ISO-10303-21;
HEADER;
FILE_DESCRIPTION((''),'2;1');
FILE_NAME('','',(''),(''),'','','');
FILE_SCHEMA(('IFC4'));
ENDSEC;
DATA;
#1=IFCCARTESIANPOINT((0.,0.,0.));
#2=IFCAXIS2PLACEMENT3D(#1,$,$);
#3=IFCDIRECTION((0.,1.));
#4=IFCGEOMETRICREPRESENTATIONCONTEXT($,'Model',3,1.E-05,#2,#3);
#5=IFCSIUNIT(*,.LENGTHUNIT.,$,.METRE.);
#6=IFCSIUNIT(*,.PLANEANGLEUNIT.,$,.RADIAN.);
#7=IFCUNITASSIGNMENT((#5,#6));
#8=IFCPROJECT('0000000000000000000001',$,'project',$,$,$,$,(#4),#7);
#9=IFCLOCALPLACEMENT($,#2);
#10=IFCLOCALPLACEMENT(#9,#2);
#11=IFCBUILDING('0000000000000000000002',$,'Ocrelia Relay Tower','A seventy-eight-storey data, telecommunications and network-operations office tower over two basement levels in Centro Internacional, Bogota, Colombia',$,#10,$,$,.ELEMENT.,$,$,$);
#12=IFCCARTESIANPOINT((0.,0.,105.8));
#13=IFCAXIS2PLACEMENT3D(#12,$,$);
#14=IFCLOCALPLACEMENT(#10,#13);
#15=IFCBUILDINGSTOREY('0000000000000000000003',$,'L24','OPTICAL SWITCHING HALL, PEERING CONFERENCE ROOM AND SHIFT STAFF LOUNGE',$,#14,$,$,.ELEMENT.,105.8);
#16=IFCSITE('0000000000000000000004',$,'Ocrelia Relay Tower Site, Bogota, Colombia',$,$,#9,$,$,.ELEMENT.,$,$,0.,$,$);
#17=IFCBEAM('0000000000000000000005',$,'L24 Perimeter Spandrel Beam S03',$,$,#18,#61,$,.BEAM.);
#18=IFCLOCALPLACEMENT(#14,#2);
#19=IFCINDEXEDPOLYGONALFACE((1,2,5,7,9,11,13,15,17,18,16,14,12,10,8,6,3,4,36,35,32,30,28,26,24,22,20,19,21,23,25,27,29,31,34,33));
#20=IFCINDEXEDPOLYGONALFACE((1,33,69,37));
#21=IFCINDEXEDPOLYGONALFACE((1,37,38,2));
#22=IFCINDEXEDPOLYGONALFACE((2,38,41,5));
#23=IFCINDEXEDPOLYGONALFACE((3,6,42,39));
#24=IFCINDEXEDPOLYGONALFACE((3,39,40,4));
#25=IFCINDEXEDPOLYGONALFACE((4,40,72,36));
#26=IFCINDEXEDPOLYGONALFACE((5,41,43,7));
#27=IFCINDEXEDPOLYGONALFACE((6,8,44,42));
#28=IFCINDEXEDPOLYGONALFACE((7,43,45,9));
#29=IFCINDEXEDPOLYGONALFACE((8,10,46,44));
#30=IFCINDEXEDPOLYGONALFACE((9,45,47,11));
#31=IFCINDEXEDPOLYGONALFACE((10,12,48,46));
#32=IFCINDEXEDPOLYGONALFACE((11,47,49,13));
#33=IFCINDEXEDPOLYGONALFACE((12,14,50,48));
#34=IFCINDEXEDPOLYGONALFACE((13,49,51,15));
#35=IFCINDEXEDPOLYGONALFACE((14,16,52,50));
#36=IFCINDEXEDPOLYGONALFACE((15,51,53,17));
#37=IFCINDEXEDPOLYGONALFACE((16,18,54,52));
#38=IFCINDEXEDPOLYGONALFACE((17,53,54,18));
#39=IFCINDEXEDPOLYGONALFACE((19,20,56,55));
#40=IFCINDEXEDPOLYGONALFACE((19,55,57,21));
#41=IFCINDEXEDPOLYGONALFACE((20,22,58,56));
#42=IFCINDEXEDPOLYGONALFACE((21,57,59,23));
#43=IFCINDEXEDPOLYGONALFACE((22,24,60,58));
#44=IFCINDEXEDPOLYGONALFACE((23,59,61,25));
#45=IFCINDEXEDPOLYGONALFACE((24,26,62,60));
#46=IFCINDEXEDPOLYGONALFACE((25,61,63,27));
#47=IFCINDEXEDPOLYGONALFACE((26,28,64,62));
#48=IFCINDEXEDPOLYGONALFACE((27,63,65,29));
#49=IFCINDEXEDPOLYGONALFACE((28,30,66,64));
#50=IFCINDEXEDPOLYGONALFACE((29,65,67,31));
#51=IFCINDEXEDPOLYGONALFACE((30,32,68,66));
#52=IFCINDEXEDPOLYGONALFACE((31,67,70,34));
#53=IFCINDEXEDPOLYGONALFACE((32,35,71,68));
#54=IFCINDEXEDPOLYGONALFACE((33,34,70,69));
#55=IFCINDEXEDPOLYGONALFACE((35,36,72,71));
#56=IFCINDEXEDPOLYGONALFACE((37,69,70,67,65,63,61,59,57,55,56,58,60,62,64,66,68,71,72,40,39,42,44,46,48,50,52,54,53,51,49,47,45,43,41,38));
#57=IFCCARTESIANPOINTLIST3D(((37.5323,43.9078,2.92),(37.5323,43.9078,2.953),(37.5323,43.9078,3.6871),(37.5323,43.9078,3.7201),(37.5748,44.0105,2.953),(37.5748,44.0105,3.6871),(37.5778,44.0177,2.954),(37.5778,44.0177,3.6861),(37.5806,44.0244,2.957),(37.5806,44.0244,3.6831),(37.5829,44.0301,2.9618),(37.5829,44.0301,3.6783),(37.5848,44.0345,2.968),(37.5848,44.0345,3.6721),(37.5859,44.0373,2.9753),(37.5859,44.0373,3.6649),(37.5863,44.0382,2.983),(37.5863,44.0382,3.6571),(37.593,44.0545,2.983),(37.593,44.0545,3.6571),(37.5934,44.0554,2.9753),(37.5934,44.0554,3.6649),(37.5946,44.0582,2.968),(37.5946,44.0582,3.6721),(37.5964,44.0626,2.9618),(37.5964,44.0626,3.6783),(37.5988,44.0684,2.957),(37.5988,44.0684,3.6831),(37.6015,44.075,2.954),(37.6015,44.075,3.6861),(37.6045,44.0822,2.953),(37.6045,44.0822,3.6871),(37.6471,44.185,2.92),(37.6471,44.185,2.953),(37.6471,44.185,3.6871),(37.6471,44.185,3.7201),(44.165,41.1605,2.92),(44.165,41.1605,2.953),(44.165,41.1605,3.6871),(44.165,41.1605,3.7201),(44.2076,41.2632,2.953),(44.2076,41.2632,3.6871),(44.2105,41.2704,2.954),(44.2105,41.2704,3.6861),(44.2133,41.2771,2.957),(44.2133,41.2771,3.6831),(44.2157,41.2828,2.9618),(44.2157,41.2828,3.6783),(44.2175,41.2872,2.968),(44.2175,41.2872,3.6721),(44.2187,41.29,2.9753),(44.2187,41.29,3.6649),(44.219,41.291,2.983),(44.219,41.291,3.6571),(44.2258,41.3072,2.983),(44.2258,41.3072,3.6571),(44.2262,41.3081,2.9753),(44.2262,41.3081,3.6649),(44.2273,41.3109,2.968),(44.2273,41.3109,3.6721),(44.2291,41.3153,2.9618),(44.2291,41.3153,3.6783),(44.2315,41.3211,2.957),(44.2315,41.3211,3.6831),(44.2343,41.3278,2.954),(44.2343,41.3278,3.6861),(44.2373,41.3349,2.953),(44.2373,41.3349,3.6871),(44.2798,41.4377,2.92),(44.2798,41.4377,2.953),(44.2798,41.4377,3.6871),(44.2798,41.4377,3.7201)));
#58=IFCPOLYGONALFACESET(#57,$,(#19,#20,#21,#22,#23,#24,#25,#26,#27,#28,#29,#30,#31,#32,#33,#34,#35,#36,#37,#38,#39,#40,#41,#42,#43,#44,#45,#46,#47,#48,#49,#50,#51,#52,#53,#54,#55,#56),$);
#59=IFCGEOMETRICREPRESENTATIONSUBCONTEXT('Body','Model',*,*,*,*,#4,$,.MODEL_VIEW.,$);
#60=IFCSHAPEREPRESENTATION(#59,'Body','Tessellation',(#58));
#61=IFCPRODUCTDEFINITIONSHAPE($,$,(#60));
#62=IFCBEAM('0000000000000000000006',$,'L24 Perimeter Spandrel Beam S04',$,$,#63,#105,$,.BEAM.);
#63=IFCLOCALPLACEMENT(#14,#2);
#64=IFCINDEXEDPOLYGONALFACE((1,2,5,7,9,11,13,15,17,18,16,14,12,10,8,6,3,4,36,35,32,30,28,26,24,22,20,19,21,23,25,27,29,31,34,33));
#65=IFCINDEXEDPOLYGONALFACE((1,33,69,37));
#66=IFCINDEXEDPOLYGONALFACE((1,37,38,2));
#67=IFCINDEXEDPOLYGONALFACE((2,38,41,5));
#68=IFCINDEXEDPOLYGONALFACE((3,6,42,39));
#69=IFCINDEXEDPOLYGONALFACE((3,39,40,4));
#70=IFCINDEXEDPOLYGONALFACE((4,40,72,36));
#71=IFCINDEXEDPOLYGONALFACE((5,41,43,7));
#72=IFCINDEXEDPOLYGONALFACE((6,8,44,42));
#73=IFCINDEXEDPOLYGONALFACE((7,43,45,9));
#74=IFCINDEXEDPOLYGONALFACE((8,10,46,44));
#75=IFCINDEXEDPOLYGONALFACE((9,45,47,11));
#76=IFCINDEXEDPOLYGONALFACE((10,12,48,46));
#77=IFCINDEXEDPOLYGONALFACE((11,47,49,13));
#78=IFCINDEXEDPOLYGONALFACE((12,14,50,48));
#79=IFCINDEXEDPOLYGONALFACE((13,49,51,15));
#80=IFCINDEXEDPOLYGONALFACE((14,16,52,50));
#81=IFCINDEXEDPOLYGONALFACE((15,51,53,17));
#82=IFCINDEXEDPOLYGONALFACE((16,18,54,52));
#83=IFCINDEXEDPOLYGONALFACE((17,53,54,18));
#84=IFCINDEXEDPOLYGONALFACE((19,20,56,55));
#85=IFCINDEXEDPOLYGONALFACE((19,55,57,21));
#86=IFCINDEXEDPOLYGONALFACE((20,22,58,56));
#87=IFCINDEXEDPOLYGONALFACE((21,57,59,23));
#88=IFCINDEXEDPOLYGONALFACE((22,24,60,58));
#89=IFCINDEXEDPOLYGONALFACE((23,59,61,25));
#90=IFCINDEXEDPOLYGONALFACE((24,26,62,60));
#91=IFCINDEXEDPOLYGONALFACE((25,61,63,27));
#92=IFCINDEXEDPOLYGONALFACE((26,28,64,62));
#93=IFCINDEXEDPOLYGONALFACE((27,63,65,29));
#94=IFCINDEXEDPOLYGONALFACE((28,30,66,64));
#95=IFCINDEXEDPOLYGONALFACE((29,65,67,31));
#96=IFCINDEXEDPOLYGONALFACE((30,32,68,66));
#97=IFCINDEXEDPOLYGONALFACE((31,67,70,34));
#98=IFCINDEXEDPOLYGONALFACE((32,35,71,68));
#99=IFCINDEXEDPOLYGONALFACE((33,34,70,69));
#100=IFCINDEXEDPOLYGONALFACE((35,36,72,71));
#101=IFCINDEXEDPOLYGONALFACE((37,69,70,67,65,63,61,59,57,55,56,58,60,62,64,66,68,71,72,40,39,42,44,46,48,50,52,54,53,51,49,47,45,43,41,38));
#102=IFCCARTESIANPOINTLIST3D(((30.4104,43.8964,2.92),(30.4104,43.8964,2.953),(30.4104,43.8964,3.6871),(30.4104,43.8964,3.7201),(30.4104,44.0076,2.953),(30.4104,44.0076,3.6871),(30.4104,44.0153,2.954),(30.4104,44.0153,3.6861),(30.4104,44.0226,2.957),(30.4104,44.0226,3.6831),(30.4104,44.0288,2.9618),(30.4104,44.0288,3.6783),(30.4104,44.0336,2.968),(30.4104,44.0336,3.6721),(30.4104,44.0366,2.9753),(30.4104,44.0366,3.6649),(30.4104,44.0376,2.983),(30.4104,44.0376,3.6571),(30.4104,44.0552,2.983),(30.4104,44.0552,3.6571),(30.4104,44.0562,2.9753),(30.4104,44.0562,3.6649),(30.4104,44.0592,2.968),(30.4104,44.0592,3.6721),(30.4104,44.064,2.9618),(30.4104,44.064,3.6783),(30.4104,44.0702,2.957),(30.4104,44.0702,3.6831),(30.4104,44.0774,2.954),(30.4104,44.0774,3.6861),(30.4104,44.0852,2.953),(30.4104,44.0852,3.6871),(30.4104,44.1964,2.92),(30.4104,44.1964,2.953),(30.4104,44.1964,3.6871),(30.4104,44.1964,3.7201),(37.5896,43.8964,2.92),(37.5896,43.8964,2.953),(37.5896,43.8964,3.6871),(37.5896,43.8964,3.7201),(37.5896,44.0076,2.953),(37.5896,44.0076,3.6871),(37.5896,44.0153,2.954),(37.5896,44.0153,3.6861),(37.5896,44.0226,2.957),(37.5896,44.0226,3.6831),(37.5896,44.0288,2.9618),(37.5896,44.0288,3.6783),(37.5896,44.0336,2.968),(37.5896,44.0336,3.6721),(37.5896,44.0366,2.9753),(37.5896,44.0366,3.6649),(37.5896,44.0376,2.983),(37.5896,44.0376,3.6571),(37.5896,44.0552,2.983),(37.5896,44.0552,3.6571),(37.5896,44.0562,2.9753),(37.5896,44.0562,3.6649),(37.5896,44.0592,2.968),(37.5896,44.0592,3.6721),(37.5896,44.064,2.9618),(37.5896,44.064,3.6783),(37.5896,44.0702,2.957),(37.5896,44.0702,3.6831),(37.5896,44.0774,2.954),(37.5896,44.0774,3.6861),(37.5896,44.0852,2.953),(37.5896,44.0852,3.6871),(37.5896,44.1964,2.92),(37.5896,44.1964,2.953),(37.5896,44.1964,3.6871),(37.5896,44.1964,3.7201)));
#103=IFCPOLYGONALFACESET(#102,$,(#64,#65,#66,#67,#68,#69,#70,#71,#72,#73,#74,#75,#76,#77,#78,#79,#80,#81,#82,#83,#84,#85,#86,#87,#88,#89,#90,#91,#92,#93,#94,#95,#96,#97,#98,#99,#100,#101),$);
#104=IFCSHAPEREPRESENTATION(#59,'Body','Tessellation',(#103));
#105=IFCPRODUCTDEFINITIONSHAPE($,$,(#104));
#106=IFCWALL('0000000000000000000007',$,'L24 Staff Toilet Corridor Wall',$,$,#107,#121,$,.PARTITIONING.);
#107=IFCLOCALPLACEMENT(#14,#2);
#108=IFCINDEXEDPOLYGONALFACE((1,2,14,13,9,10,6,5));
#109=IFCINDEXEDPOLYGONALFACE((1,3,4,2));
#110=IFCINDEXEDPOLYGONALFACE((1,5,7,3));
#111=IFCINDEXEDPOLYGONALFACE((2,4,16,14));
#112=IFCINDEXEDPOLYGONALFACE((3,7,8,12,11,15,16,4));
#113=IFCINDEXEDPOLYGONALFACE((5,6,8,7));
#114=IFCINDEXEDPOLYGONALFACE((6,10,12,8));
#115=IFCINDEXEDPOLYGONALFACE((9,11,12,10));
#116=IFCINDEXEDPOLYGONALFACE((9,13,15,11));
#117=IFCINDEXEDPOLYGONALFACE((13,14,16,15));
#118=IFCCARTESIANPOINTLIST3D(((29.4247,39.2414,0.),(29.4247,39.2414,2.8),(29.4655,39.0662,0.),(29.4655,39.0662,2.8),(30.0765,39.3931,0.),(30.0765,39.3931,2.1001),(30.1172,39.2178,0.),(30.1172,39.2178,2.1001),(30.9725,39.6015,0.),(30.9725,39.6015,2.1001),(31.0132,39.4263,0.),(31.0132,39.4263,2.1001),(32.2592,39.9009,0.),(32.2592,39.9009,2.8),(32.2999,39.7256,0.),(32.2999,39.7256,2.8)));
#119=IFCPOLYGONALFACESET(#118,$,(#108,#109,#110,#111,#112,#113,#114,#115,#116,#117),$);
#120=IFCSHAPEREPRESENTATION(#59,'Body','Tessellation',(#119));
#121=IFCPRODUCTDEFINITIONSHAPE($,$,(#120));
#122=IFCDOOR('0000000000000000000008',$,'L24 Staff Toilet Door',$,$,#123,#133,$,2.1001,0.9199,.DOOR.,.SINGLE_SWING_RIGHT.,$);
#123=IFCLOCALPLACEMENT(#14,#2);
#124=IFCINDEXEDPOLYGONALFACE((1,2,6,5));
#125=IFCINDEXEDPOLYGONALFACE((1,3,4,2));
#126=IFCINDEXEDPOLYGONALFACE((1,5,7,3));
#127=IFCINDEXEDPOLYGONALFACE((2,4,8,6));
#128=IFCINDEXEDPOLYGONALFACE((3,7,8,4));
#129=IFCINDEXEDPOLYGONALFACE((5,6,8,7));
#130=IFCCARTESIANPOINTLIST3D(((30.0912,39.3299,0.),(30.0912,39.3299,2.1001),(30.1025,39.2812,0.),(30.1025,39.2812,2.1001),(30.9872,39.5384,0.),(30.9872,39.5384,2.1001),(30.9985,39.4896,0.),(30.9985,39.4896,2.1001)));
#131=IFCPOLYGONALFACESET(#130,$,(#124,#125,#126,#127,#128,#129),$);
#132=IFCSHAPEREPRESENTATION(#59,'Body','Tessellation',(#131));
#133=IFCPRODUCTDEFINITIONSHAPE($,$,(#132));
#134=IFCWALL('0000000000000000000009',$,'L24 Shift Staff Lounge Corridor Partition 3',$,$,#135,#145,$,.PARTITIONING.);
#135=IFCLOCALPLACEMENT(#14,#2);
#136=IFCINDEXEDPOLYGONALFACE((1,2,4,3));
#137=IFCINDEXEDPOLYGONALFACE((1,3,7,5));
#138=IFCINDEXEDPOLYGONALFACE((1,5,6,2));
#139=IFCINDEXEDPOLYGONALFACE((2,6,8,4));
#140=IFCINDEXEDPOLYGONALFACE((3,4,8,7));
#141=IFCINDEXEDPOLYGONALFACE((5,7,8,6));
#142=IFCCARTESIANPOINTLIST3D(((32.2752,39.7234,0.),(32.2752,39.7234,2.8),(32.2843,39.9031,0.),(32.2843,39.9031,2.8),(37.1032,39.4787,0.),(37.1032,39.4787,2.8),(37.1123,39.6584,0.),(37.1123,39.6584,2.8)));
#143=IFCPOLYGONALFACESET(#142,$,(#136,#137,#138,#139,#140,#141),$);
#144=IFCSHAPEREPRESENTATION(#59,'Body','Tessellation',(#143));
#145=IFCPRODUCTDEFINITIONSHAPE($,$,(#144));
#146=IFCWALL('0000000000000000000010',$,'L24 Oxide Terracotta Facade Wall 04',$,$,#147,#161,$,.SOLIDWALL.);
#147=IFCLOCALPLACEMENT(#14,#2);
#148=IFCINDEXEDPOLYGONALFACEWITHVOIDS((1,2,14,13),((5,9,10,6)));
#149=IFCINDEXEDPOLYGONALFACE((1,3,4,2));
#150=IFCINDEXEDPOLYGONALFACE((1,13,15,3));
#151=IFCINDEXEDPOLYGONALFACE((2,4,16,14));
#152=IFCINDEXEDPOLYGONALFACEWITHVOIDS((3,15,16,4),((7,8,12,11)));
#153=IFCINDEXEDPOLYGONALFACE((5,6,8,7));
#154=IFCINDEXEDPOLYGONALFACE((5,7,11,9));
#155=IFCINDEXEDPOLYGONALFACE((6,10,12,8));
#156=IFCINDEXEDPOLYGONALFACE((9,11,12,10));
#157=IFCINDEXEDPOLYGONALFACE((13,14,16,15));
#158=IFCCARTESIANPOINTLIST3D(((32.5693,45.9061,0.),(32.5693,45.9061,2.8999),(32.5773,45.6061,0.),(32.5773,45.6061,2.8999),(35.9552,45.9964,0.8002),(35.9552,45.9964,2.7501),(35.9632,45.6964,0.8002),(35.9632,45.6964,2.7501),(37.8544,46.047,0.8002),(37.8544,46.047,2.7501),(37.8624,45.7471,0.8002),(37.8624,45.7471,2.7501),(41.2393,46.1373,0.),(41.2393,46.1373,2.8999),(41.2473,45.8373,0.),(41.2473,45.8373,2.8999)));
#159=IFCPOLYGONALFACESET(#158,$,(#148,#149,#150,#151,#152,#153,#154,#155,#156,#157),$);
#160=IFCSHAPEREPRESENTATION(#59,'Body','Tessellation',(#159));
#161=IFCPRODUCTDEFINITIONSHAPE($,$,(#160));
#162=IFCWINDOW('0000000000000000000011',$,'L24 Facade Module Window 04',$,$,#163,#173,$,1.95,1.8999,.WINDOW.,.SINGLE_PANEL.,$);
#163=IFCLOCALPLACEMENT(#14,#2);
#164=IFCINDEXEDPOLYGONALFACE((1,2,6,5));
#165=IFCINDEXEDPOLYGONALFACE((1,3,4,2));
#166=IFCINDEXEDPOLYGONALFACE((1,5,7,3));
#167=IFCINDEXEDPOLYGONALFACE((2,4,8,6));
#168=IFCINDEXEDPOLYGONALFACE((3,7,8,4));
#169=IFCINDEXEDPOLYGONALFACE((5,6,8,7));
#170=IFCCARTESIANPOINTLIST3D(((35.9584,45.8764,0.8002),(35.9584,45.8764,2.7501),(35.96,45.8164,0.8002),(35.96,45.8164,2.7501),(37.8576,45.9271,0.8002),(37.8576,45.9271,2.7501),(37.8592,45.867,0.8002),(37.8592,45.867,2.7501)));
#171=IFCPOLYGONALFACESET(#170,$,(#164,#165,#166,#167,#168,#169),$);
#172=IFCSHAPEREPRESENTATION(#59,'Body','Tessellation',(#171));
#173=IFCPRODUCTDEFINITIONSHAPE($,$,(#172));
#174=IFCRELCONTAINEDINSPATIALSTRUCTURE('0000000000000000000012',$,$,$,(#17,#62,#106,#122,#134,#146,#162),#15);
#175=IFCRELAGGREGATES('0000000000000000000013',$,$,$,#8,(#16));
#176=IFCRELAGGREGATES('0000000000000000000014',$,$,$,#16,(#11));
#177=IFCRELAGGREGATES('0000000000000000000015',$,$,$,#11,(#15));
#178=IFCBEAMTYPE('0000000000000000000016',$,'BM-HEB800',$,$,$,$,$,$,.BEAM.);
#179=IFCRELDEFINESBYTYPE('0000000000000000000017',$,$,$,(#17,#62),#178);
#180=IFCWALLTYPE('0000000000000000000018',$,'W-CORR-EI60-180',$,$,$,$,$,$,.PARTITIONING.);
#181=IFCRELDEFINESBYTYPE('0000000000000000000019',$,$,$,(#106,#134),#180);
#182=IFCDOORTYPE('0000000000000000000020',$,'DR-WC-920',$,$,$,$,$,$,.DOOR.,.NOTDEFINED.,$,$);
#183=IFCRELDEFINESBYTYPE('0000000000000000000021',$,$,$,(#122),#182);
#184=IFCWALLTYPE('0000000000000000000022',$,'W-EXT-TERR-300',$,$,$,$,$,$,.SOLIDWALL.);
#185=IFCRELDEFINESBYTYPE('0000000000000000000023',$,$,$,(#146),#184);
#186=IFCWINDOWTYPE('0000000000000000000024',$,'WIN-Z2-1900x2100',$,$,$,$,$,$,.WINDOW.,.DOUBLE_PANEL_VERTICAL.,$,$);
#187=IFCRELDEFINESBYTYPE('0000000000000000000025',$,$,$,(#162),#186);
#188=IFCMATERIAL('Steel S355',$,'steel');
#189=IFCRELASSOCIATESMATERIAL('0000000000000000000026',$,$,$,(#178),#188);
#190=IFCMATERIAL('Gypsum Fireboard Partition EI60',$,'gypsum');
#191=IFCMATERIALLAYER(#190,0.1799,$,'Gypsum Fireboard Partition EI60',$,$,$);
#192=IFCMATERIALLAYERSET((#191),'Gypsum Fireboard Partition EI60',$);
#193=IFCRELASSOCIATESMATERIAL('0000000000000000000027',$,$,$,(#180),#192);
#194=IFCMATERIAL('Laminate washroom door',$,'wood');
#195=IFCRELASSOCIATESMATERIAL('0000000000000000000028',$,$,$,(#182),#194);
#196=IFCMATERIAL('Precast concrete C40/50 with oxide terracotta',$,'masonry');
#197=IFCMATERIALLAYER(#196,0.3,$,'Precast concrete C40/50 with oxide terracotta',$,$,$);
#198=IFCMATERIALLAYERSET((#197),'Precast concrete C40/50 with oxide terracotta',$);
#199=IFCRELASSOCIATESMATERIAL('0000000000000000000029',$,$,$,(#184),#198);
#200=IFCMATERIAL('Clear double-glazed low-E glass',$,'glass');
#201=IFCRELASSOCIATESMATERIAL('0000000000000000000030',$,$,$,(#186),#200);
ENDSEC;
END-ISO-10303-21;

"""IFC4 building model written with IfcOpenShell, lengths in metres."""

from ifc_helpers import new_model, si_unit, direction, frame, frame_2d, origin, origin_2d, place, context, subcontext, project, spatial, rectangle, i_section, extrude, material, layer, layer_set, material_profile, profile_set, type_object, element, fill, save


model = new_model("IFC4")

# Units and contexts
model_context = context("Model", 3, precision=1e-05, world=origin(), true_north=direction((0.0, 1.0)))
body_context = subcontext(model_context, "Body", "Model", "MODEL_VIEW")
ifc_project = project(units=[si_unit("LENGTHUNIT", "METRE"), si_unit("PLANEANGLEUNIT", "RADIAN")], contexts=[model_context])

# Site, building, storey
site_placement = place(None, origin())
site = spatial("IfcSite", under=ifc_project, at=site_placement, Name="Ocrelia Relay Tower Site, Bogota, Colombia", CompositionType="ELEMENT", RefElevation=0.0)
building_placement = place(site_placement, origin())
building = spatial("IfcBuilding", under=site, at=building_placement, Name="Ocrelia Relay Tower", Description="A seventy-eight-storey data, telecommunications and network-operations office tower over two basement levels in Centro Internacional, Bogota, Colombia", CompositionType="ELEMENT")
storey_placement = place(building_placement, frame((0.0, 0.0, 105.8)))
storey = spatial("IfcBuildingStorey", under=building, at=storey_placement, Name="L24", Description="OPTICAL SWITCHING HALL, PEERING CONFERENCE ROOM AND SHIFT STAFF LOUNGE", CompositionType="ELEMENT", Elevation=105.8)

# Beams
ifc_material_1 = material(Name="Steel S355", Category="steel")
ifc_material_profile_1 = material_profile(ifc_material_1, i_section(OverallWidth=0.3, OverallDepth=0.8, WebThickness=0.0176, FlangeThickness=0.033, FilletRadius=0.03, at=origin_2d()), Name="HEB 800")
ifc_profile_set_1 = profile_set([ifc_material_profile_1], Name="Steel S355")
beam_type_1 = type_object("IfcBeamType", Name="BM-HEB800", PredefinedType="BEAM", material=ifc_profile_set_1)
for number, where, z_axis, x_axis, name in (
    (1, (44.2224, 41.2991, 3.3201), (-0.923884, 0.382673, 0.0), (-0.382673, -0.923884, 0.0), "L24 Perimeter Spandrel Beam S03"),
    (2, (37.5896, 44.0464, 3.3201), (-1.0, 0.0, 0.0), (0.0, -1.0, 0.0), "L24 Perimeter Spandrel Beam S04"),
):
    element("IfcBeam", number, at=place(storey_placement, frame(where, z_axis=z_axis, x_axis=x_axis)), inside=storey, type_object=beam_type_1, Name=name, PredefinedType="BEAM", context=body_context, shape_type="SweptSolid", body=[
        extrude(i_section(OverallWidth=0.3, OverallDepth=0.8, WebThickness=0.0176, FlangeThickness=0.033, FilletRadius=0.03, at=origin_2d()), origin(), (0.0, 0.0, 1.0), 7.1792),
    ])

# Wall, opening, door
ifc_material_2 = material(Name="Gypsum Fireboard Partition EI60", Category="gypsum")
ifc_layer_1 = layer(ifc_material_2, 0.1799, Name="Gypsum Fireboard Partition EI60")
ifc_layer_set_1 = layer_set([ifc_layer_1], Name="Gypsum Fireboard Partition EI60")
wall_type_1 = type_object("IfcWallType", Name="W-CORR-EI60-180", PredefinedType="PARTITIONING", material=ifc_layer_set_1)
wall_1_placement = place(storey_placement, frame((32.2795, 39.8132, 0.0), z_axis=(0.0, 0.0, 1.0), x_axis=(-0.97399, -0.226593, 0.0)))
wall_1 = element("IfcWall", 3, at=wall_1_placement, inside=storey, type_object=wall_type_1, Name="L24 Staff Toilet Corridor Wall", PredefinedType="PARTITIONING", context=body_context, shape_type="SweptSolid", body=[
    extrude(rectangle(XDim=2.9102, YDim=0.1799, at=frame_2d((1.4551, 0.0))), origin(), (0.0, 0.0, 1.0), 2.8),
])
opening_1_placement = place(wall_1_placement, frame((1.321, 0.0, 0.0)))
opening_1 = element("IfcOpeningElement", 4, at=opening_1_placement, cuts=wall_1, PredefinedType="OPENING", context=body_context, shape_type="SweptSolid", body=[
    extrude(rectangle(XDim=0.9199, YDim=2.1001, at=frame_2d((0.46, 1.05))), frame((0.0, 0.1001, 0.0), z_axis=(0.0, -1.0, 0.0), x_axis=(1.0, 0.0, 0.0)), (0.0, 0.0, 1.0), 0.2),
])
ifc_material_3 = material(Name="Laminate washroom door", Category="wood")
door_type_1 = type_object("IfcDoorType", Name="DR-WC-920", OperationType="NOTDEFINED", PredefinedType="DOOR", material=ifc_material_3)
door_1_placement = place(opening_1_placement, origin())
door_1 = element("IfcDoor", 5, at=door_1_placement, inside=storey, type_object=door_type_1, Name="L24 Staff Toilet Door", OperationType="SINGLE_SWING_RIGHT", OverallHeight=2.1001, OverallWidth=0.9199, PredefinedType="DOOR", context=body_context, shape_type="SweptSolid", body=[
    extrude(rectangle(XDim=0.9199, YDim=2.1001, at=frame_2d((0.46, 1.05))), frame((0.0, 0.0249, 0.0), z_axis=(0.0, -1.0, 0.0), x_axis=(1.0, 0.0, 0.0)), (0.0, 0.0, 1.0), 0.05),
])
fill(opening_1, door_1)

# Wall
wall_2_placement = place(storey_placement, frame((37.1077, 39.5686, 0.0), z_axis=(0.0, 0.0, 1.0), x_axis=(-0.998719, 0.050603, 0.0)))
element("IfcWall", 6, at=wall_2_placement, inside=storey, type_object=wall_type_1, Name="L24 Shift Staff Lounge Corridor Partition 3", PredefinedType="PARTITIONING", context=body_context, shape_type="SweptSolid", body=[
    extrude(rectangle(XDim=4.8342, YDim=0.1799, at=frame_2d((2.417, 0.0))), origin(), (0.0, 0.0, 1.0), 2.8),
])

# Wall, opening, window
ifc_material_4 = material(Name="Precast concrete C40/50 with oxide terracotta", Category="masonry")
ifc_layer_2 = layer(ifc_material_4, 0.3, Name="Precast concrete C40/50 with oxide terracotta")
ifc_layer_set_2 = layer_set([ifc_layer_2], Name="Precast concrete C40/50 with oxide terracotta")
wall_type_2 = type_object("IfcWallType", Name="W-EXT-TERR-300", PredefinedType="SOLIDWALL", material=ifc_layer_set_2)
wall_3_placement = place(storey_placement, frame((41.2432, 45.9873, 0.0), z_axis=(0.0, 0.0, 1.0), x_axis=(-0.999645, -0.026658, 0.0)))
wall_3 = element("IfcWall", 7, at=wall_3_placement, inside=storey, type_object=wall_type_2, Name="L24 Oxide Terracotta Facade Wall 04", PredefinedType="SOLIDWALL", context=body_context, shape_type="SweptSolid", body=[
    extrude(rectangle(XDim=8.6731, YDim=0.3, at=frame_2d((4.3364, 0.0))), origin(), (0.0, 0.0, 1.0), 2.8999),
])
opening_2_placement = place(wall_3_placement, frame((3.386, 0.0, 0.8)))
opening_2 = element("IfcOpeningElement", 8, at=opening_2_placement, cuts=wall_3, PredefinedType="OPENING", context=body_context, shape_type="SweptSolid", body=[
    extrude(rectangle(XDim=1.8999, YDim=1.95, at=frame_2d((0.95, 0.9751))), frame((0.0, 0.1602, 0.0), z_axis=(0.0, -1.0, 0.0), x_axis=(1.0, 0.0, 0.0)), (0.0, 0.0, 1.0), 0.3201),
])
ifc_material_5 = material(Name="Clear double-glazed low-E glass", Category="glass")
window_type = type_object("IfcWindowType", Name="WIN-Z2-1900x2100", PartitioningType="DOUBLE_PANEL_VERTICAL", PredefinedType="WINDOW", material=ifc_material_5)
window_placement = place(opening_2_placement, origin())
window = element("IfcWindow", 9, at=window_placement, inside=storey, type_object=window_type, Name="L24 Facade Module Window 04", OverallHeight=1.95, OverallWidth=1.8999, PartitioningType="SINGLE_PANEL", PredefinedType="WINDOW", context=body_context, shape_type="SweptSolid", body=[
    extrude(rectangle(XDim=1.8999, YDim=1.95, at=frame_2d((0.95, 0.9751))), frame((0.0, 0.03, 0.0), z_axis=(0.0, -1.0, 0.0), x_axis=(1.0, 0.0, 0.0)), (0.0, 0.0, 1.0), 0.0601),
])
fill(opening_2, window)

save(model, "model.ifc")
